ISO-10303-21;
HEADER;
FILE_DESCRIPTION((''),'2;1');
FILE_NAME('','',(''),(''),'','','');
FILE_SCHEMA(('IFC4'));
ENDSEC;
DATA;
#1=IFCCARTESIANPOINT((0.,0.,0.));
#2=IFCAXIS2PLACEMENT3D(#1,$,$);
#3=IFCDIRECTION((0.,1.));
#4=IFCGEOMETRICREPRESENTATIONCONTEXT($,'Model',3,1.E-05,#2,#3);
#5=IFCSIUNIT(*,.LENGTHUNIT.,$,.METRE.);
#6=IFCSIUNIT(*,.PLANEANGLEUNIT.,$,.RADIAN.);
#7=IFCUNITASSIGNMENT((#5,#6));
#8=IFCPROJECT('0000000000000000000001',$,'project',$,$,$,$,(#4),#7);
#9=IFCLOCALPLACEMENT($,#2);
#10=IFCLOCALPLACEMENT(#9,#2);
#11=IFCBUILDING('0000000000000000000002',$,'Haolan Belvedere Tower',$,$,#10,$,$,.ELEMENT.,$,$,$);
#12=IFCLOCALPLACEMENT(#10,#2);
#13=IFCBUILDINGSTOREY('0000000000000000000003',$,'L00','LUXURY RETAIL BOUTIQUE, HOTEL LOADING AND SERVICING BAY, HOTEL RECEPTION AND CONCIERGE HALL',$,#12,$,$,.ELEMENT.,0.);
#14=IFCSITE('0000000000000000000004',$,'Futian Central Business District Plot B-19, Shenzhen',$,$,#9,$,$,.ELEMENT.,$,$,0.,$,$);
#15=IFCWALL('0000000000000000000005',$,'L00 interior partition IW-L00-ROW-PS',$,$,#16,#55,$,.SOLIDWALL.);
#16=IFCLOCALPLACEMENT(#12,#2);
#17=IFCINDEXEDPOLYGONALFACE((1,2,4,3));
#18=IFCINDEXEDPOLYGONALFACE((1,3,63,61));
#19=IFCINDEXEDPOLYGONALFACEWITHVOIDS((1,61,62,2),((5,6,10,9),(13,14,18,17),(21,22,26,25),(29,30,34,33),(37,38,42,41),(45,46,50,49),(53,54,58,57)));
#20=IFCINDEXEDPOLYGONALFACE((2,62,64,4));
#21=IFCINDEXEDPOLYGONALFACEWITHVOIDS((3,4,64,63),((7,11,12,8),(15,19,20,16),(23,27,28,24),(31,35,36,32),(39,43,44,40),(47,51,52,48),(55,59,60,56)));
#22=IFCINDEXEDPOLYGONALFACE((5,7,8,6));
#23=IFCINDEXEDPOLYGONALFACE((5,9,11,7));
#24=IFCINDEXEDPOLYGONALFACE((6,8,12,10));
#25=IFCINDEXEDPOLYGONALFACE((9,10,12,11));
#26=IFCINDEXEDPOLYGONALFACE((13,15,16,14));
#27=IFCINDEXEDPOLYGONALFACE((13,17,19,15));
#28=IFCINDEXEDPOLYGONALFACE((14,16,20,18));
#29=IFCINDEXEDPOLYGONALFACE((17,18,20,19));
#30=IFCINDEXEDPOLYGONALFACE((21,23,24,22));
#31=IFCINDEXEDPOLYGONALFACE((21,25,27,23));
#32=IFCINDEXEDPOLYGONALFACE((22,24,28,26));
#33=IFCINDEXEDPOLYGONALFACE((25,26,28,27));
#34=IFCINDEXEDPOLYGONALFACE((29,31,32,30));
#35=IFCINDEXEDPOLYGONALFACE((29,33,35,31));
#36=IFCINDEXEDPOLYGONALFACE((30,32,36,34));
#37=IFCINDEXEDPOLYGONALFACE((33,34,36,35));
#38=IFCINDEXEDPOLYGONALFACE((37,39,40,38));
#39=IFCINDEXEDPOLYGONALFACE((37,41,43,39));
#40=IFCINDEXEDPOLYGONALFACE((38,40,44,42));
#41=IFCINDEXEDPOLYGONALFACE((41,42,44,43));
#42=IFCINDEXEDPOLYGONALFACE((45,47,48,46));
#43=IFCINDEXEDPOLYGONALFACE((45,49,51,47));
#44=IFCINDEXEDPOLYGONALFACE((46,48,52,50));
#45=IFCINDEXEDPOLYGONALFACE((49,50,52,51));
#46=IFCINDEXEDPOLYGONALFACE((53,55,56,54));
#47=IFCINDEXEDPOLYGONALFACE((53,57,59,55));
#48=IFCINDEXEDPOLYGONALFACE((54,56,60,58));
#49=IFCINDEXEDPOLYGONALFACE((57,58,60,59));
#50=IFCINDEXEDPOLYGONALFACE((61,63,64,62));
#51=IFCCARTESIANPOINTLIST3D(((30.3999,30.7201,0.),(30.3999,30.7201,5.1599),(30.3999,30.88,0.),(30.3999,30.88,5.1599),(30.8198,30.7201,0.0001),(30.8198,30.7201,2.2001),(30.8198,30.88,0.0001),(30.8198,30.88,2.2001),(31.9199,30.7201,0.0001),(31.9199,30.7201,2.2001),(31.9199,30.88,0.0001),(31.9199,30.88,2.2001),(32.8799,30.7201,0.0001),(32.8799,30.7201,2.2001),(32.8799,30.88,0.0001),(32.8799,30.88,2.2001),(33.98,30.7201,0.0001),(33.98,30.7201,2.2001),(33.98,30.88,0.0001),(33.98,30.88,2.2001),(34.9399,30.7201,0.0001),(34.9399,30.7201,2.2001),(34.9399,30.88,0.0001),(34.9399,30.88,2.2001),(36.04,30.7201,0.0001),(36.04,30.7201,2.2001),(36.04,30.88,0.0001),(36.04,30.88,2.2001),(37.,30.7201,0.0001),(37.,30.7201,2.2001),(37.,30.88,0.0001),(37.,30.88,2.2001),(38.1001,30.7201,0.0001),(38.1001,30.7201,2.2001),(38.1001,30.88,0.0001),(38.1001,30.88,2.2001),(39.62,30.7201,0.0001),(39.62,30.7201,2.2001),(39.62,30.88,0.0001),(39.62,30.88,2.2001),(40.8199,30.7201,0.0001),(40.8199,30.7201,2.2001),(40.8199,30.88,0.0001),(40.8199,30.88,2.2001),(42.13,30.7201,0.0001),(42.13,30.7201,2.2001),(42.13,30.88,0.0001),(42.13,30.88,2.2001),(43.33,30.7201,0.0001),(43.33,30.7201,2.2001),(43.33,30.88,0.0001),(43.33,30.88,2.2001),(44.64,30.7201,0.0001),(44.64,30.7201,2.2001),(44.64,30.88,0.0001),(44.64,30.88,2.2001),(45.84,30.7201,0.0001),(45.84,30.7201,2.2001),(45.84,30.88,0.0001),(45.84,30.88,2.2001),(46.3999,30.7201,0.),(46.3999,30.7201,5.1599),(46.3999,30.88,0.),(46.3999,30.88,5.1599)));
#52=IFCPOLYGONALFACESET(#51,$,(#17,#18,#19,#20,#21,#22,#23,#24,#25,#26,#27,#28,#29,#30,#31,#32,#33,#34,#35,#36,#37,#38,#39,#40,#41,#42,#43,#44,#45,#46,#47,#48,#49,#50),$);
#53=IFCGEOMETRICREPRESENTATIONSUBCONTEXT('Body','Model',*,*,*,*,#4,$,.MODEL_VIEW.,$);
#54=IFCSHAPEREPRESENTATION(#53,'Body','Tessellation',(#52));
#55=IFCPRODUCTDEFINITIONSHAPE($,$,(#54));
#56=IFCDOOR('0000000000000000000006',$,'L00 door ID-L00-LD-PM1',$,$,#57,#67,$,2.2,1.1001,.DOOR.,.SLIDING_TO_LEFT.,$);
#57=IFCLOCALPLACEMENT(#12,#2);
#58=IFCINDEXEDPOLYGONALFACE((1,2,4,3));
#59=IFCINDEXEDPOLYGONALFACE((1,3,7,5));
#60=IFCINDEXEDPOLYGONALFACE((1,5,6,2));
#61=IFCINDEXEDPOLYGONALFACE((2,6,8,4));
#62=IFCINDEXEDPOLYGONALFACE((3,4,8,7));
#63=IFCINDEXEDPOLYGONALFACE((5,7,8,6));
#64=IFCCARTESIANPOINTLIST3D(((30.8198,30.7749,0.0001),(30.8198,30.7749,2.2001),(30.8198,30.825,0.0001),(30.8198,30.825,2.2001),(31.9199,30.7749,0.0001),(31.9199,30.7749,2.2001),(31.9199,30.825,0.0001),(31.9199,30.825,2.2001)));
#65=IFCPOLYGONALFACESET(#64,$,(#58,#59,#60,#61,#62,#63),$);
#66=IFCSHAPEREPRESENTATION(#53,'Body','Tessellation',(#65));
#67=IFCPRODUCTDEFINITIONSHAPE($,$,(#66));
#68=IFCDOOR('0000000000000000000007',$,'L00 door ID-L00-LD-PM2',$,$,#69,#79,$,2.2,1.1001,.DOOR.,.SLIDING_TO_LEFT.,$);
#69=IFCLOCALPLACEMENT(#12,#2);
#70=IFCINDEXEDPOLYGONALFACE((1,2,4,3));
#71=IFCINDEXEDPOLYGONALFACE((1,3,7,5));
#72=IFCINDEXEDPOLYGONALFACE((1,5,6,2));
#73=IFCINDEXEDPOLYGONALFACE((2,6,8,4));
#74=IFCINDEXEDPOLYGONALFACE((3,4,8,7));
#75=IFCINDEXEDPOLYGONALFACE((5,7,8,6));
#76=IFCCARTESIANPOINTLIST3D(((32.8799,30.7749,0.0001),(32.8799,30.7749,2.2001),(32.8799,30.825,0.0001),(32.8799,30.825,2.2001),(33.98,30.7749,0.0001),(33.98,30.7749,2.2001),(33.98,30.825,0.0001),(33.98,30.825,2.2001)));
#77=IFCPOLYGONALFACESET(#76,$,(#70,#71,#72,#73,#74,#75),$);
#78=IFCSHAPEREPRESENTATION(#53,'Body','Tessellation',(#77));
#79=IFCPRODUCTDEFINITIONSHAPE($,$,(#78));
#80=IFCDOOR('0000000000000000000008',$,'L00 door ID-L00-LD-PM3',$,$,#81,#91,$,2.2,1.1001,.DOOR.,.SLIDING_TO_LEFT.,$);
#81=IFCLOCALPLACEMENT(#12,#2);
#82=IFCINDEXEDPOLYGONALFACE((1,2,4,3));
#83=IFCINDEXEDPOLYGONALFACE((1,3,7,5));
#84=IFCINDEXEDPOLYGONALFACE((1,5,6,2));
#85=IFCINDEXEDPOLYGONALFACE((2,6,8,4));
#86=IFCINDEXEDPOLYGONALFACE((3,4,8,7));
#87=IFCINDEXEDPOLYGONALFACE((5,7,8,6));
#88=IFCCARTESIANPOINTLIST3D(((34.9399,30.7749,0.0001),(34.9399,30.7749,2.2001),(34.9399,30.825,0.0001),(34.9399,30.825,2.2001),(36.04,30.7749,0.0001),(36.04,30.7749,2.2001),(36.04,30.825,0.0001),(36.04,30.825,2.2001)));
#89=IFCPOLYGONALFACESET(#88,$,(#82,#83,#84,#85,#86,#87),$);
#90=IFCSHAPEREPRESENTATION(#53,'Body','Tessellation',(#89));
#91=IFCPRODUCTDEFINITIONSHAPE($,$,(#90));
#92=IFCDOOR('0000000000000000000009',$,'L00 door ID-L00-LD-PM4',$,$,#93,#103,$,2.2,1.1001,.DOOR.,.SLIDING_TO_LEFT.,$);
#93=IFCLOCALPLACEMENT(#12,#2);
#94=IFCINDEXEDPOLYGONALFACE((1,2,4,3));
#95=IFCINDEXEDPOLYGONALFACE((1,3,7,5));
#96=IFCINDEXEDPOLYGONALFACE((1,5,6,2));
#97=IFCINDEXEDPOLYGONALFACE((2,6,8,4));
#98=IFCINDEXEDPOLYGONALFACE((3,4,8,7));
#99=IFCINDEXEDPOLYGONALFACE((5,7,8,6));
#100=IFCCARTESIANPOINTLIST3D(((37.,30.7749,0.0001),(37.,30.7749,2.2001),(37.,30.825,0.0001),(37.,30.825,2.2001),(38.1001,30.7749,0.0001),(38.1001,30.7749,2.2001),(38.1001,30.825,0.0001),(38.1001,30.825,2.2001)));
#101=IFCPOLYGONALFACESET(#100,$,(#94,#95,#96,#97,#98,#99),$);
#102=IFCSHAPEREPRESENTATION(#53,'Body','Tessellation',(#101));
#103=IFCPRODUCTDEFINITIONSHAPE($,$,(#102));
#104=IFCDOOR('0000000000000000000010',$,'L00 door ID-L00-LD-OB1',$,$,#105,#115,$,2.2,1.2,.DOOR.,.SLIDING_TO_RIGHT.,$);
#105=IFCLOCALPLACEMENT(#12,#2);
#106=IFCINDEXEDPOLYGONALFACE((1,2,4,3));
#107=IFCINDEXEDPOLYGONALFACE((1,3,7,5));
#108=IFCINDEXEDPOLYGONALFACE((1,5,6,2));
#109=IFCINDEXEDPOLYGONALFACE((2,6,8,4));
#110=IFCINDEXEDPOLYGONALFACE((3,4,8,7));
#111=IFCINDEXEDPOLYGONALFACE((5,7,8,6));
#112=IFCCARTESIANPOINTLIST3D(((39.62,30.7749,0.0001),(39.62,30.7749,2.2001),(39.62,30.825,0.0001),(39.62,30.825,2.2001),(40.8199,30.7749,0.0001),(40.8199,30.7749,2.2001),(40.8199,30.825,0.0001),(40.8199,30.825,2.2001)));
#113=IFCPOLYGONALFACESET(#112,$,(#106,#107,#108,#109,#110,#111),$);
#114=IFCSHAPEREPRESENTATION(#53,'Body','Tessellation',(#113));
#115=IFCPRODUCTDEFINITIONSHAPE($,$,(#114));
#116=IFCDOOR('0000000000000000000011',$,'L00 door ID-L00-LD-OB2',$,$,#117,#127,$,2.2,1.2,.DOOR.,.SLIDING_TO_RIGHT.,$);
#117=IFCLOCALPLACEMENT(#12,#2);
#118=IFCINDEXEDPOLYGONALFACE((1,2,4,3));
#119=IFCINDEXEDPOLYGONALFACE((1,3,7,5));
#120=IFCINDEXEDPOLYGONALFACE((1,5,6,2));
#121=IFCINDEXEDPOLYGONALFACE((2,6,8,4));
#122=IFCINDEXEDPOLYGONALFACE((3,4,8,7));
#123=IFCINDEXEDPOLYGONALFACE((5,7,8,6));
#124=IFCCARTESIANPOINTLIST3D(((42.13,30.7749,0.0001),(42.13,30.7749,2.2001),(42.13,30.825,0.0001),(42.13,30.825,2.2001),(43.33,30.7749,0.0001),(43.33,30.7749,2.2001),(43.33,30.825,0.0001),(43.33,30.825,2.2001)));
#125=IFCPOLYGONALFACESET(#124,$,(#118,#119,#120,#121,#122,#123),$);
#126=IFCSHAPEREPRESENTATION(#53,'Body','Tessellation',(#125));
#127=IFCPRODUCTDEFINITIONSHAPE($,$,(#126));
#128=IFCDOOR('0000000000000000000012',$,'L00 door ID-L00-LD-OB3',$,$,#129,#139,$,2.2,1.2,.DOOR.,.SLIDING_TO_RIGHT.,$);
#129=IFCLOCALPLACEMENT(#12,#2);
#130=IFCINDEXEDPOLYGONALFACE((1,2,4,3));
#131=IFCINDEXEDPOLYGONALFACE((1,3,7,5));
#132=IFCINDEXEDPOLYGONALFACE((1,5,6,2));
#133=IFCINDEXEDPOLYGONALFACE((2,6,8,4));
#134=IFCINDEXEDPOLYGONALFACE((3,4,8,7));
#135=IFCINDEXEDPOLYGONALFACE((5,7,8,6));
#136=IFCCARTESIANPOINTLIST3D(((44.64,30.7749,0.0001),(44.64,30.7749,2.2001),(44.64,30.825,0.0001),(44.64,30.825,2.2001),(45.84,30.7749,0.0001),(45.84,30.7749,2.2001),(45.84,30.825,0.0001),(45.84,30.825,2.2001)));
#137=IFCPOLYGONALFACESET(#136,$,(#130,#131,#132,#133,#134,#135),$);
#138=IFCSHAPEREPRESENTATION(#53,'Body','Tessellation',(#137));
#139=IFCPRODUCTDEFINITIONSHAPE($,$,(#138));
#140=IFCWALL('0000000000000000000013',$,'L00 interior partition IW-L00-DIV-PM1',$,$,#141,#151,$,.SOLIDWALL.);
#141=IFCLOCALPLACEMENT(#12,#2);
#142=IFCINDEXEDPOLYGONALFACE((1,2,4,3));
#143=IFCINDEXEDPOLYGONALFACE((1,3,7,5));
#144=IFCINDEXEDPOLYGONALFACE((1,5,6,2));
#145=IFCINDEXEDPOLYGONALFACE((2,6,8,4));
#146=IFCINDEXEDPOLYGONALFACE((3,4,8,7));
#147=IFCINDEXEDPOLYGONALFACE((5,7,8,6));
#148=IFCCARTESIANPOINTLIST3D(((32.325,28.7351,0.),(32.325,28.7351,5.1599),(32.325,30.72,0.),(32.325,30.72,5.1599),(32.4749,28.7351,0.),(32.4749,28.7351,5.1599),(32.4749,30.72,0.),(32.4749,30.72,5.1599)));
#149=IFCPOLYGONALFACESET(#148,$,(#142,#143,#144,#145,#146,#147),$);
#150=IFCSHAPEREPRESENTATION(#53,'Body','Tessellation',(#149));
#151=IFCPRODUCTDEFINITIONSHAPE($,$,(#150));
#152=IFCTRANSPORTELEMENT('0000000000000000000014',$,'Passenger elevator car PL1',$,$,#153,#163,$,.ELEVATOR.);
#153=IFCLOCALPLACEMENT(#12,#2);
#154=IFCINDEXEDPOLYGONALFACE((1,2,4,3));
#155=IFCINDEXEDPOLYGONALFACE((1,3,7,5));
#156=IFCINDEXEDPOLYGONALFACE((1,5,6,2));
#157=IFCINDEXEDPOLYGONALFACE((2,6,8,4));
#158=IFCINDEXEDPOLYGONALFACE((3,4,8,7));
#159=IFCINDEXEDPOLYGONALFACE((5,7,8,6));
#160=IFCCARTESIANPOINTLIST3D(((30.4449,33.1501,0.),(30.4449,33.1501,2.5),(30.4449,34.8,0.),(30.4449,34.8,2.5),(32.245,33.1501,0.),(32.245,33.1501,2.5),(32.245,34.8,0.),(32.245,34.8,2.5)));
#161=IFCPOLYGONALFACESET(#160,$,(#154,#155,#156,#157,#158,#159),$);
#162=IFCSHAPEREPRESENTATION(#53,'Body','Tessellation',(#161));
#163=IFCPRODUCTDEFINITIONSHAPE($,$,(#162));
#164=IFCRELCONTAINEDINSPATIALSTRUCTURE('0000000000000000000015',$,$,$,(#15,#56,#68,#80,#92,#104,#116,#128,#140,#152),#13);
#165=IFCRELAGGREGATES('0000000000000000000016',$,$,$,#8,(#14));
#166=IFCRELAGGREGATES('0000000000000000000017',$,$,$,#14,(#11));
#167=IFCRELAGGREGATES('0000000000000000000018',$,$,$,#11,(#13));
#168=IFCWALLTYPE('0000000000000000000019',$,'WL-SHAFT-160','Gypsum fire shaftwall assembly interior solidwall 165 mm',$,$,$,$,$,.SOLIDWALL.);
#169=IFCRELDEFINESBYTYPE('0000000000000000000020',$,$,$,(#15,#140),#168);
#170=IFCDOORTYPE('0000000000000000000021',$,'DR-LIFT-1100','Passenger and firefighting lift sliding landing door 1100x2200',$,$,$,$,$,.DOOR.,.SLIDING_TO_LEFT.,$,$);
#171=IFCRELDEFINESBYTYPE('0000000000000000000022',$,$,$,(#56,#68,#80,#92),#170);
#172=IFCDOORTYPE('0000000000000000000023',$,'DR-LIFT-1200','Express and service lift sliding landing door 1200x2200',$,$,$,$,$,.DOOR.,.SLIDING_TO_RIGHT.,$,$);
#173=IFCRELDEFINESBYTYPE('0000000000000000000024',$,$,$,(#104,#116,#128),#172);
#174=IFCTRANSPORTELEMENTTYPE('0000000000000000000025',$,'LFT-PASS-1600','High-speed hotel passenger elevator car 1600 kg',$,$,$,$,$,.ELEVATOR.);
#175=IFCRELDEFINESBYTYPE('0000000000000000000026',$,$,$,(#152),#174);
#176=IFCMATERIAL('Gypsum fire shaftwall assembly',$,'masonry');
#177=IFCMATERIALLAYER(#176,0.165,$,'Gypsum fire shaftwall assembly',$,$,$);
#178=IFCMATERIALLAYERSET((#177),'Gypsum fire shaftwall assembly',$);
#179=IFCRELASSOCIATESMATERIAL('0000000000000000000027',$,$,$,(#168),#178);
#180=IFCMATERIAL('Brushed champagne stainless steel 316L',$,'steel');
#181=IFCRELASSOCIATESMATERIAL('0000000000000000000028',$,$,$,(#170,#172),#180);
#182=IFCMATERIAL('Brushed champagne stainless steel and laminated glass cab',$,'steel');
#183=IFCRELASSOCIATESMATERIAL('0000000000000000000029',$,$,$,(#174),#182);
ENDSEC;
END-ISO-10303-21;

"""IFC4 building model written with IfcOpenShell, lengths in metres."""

from ifc_helpers import new_model, si_unit, direction, frame, frame_2d, origin, origin_2d, place, context, subcontext, project, spatial, rectangle, extrude, material, layer, layer_set, type_object, element, fill, save


model = new_model("IFC4")

# Units and contexts
model_context = context("Model", 3, precision=1e-05, world=origin(), true_north=direction((0.0, 1.0)))
body_context = subcontext(model_context, "Body", "Model", "MODEL_VIEW")
ifc_project = project(units=[si_unit("LENGTHUNIT", "METRE"), si_unit("PLANEANGLEUNIT", "RADIAN")], contexts=[model_context])

# Site, building, storey
site_placement = place(None, origin())
site = spatial("IfcSite", under=ifc_project, at=site_placement, Name="Futian Central Business District Plot B-19, Shenzhen", CompositionType="ELEMENT", RefElevation=0.0)
building_placement = place(site_placement, origin())
building = spatial("IfcBuilding", under=site, at=building_placement, Name="Haolan Belvedere Tower", CompositionType="ELEMENT")
storey_placement = place(building_placement, origin())
storey = spatial("IfcBuildingStorey", under=building, at=storey_placement, Name="L00", Description="LUXURY RETAIL BOUTIQUE, HOTEL LOADING AND SERVICING BAY, HOTEL RECEPTION AND CONCIERGE HALL", CompositionType="ELEMENT", Elevation=0.0)

# Shared definitions
ifc_material_1 = material(Name="Gypsum fire shaftwall assembly", Category="masonry")
ifc_layer_1 = layer(ifc_material_1, 0.165, Name="Gypsum fire shaftwall assembly")
ifc_layer_set_1 = layer_set([ifc_layer_1], Name="Gypsum fire shaftwall assembly")
wall_type_1 = type_object("IfcWallType", Name="WL-SHAFT-160", Description="Gypsum fire shaftwall assembly interior solidwall 165 mm", PredefinedType="SOLIDWALL", material=ifc_layer_set_1)
ifc_material_2 = material(Name="Brushed champagne stainless steel 316L", Category="steel")
door_type_1 = type_object("IfcDoorType", Name="DR-LIFT-1100", Description="Passenger and firefighting lift sliding landing door 1100x2200", OperationType="SLIDING_TO_LEFT", PredefinedType="DOOR", material=ifc_material_2)

# Wall, openings, doors
wall_1_placement = place(storey_placement, frame((30.3999, 30.8, 0.0), z_axis=(0.0, 0.0, 1.0), x_axis=(1.0, 0.0, 0.0)))
wall_1 = element("IfcWall", 1, at=wall_1_placement, inside=storey, type_object=wall_type_1, Name="L00 interior partition IW-L00-ROW-PS", PredefinedType="SOLIDWALL", context=body_context, shape_type="SweptSolid", body=[
    extrude(rectangle(XDim=16.0, YDim=0.1599, at=frame_2d((8.0, 0.0))), origin(), (0.0, 0.0, 1.0), 5.1599),
])
opening_1_placement = place(wall_1_placement, frame((0.4199, 0.0, 0.0)))
opening_1 = element("IfcOpeningElement", 2, at=opening_1_placement, cuts=wall_1, PredefinedType="OPENING", context=body_context, shape_type="SweptSolid", body=[
    extrude(rectangle(XDim=1.1001, YDim=2.2, at=frame_2d((0.55, 1.1001))), frame((0.0, 0.0898, 0.0), z_axis=(0.0, -1.0, 0.0), x_axis=(1.0, 0.0, 0.0)), (0.0, 0.0, 1.0), 0.1799),
])
opening_2_placement = place(wall_1_placement, frame((2.48, 0.0, 0.0)))
opening_2 = element("IfcOpeningElement", 3, at=opening_2_placement, cuts=wall_1, PredefinedType="OPENING", context=body_context, shape_type="SweptSolid", body=[
    extrude(rectangle(XDim=1.1001, YDim=2.2, at=frame_2d((0.55, 1.1001))), frame((0.0, 0.0898, 0.0), z_axis=(0.0, -1.0, 0.0), x_axis=(1.0, 0.0, 0.0)), (0.0, 0.0, 1.0), 0.1799),
])
opening_3_placement = place(wall_1_placement, frame((4.54, 0.0, 0.0)))
opening_3 = element("IfcOpeningElement", 4, at=opening_3_placement, cuts=wall_1, PredefinedType="OPENING", context=body_context, shape_type="SweptSolid", body=[
    extrude(rectangle(XDim=1.1001, YDim=2.2, at=frame_2d((0.55, 1.1001))), frame((0.0, 0.0898, 0.0), z_axis=(0.0, -1.0, 0.0), x_axis=(1.0, 0.0, 0.0)), (0.0, 0.0, 1.0), 0.1799),
])
opening_4_placement = place(wall_1_placement, frame((6.6001, 0.0, 0.0)))
opening_4 = element("IfcOpeningElement", 5, at=opening_4_placement, cuts=wall_1, PredefinedType="OPENING", context=body_context, shape_type="SweptSolid", body=[
    extrude(rectangle(XDim=1.1001, YDim=2.2, at=frame_2d((0.55, 1.1001))), frame((0.0, 0.0898, 0.0), z_axis=(0.0, -1.0, 0.0), x_axis=(1.0, 0.0, 0.0)), (0.0, 0.0, 1.0), 0.1799),
])
opening_5_placement = place(wall_1_placement, frame((9.22, 0.0, 0.0)))
opening_5 = element("IfcOpeningElement", 6, at=opening_5_placement, cuts=wall_1, PredefinedType="OPENING", context=body_context, shape_type="SweptSolid", body=[
    extrude(rectangle(XDim=1.2, YDim=2.2, at=frame_2d((0.6001, 1.1001))), frame((0.0, 0.0898, 0.0), z_axis=(0.0, -1.0, 0.0), x_axis=(1.0, 0.0, 0.0)), (0.0, 0.0, 1.0), 0.1799),
])
opening_6_placement = place(wall_1_placement, frame((11.73, 0.0, 0.0)))
opening_6 = element("IfcOpeningElement", 7, at=opening_6_placement, cuts=wall_1, PredefinedType="OPENING", context=body_context, shape_type="SweptSolid", body=[
    extrude(rectangle(XDim=1.2, YDim=2.2, at=frame_2d((0.6001, 1.1001))), frame((0.0, 0.0898, 0.0), z_axis=(0.0, -1.0, 0.0), x_axis=(1.0, 0.0, 0.0)), (0.0, 0.0, 1.0), 0.1799),
])
opening_7_placement = place(wall_1_placement, frame((14.24, 0.0, 0.0)))
opening_7 = element("IfcOpeningElement", 8, at=opening_7_placement, cuts=wall_1, PredefinedType="OPENING", context=body_context, shape_type="SweptSolid", body=[
    extrude(rectangle(XDim=1.2, YDim=2.2, at=frame_2d((0.6001, 1.1001))), frame((0.0, 0.0898, 0.0), z_axis=(0.0, -1.0, 0.0), x_axis=(1.0, 0.0, 0.0)), (0.0, 0.0, 1.0), 0.1799),
])
door_1_placement = place(opening_1_placement, origin())
door_1 = element("IfcDoor", 9, at=door_1_placement, inside=storey, type_object=door_type_1, Name="L00 door ID-L00-LD-PM1", OperationType="SLIDING_TO_LEFT", OverallHeight=2.2, OverallWidth=1.1001, PredefinedType="DOOR", context=body_context, shape_type="SweptSolid", body=[
    extrude(rectangle(XDim=1.1001, YDim=2.2, at=frame_2d((0.55, 1.1001))), frame((0.0, 0.0249, 0.0), z_axis=(0.0, -1.0, 0.0), x_axis=(1.0, 0.0, 0.0)), (0.0, 0.0, 1.0), 0.05),
])
fill(opening_1, door_1)
door_2_placement = place(opening_2_placement, origin())
door_2 = element("IfcDoor", 10, at=door_2_placement, inside=storey, type_object=door_type_1, Name="L00 door ID-L00-LD-PM2", OperationType="SLIDING_TO_LEFT", OverallHeight=2.2, OverallWidth=1.1001, PredefinedType="DOOR", context=body_context, shape_type="SweptSolid", body=[
    extrude(rectangle(XDim=1.1001, YDim=2.2, at=frame_2d((0.55, 1.1001))), frame((0.0, 0.0249, 0.0), z_axis=(0.0, -1.0, 0.0), x_axis=(1.0, 0.0, 0.0)), (0.0, 0.0, 1.0), 0.05),
])
fill(opening_2, door_2)
door_3_placement = place(opening_3_placement, origin())
door_3 = element("IfcDoor", 11, at=door_3_placement, inside=storey, type_object=door_type_1, Name="L00 door ID-L00-LD-PM3", OperationType="SLIDING_TO_LEFT", OverallHeight=2.2, OverallWidth=1.1001, PredefinedType="DOOR", context=body_context, shape_type="SweptSolid", body=[
    extrude(rectangle(XDim=1.1001, YDim=2.2, at=frame_2d((0.55, 1.1001))), frame((0.0, 0.0249, 0.0), z_axis=(0.0, -1.0, 0.0), x_axis=(1.0, 0.0, 0.0)), (0.0, 0.0, 1.0), 0.05),
])
fill(opening_3, door_3)
door_4_placement = place(opening_4_placement, origin())
door_4 = element("IfcDoor", 12, at=door_4_placement, inside=storey, type_object=door_type_1, Name="L00 door ID-L00-LD-PM4", OperationType="SLIDING_TO_LEFT", OverallHeight=2.2, OverallWidth=1.1001, PredefinedType="DOOR", context=body_context, shape_type="SweptSolid", body=[
    extrude(rectangle(XDim=1.1001, YDim=2.2, at=frame_2d((0.55, 1.1001))), frame((0.0, 0.0249, 0.0), z_axis=(0.0, -1.0, 0.0), x_axis=(1.0, 0.0, 0.0)), (0.0, 0.0, 1.0), 0.05),
])
fill(opening_4, door_4)
door_type_2 = type_object("IfcDoorType", Name="DR-LIFT-1200", Description="Express and service lift sliding landing door 1200x2200", OperationType="SLIDING_TO_RIGHT", PredefinedType="DOOR", material=ifc_material_2)
door_5_placement = place(opening_5_placement, origin())
door_5 = element("IfcDoor", 13, at=door_5_placement, inside=storey, type_object=door_type_2, Name="L00 door ID-L00-LD-OB1", OperationType="SLIDING_TO_RIGHT", OverallHeight=2.2, OverallWidth=1.2, PredefinedType="DOOR", context=body_context, shape_type="SweptSolid", body=[
    extrude(rectangle(XDim=1.2, YDim=2.2, at=frame_2d((0.6001, 1.1001))), frame((0.0, 0.0249, 0.0), z_axis=(0.0, -1.0, 0.0), x_axis=(1.0, 0.0, 0.0)), (0.0, 0.0, 1.0), 0.05),
])
fill(opening_5, door_5)
door_6_placement = place(opening_6_placement, origin())
door_6 = element("IfcDoor", 14, at=door_6_placement, inside=storey, type_object=door_type_2, Name="L00 door ID-L00-LD-OB2", OperationType="SLIDING_TO_RIGHT", OverallHeight=2.2, OverallWidth=1.2, PredefinedType="DOOR", context=body_context, shape_type="SweptSolid", body=[
    extrude(rectangle(XDim=1.2, YDim=2.2, at=frame_2d((0.6001, 1.1001))), frame((0.0, 0.0249, 0.0), z_axis=(0.0, -1.0, 0.0), x_axis=(1.0, 0.0, 0.0)), (0.0, 0.0, 1.0), 0.05),
])
fill(opening_6, door_6)
door_7_placement = place(opening_7_placement, origin())
door_7 = element("IfcDoor", 15, at=door_7_placement, inside=storey, type_object=door_type_2, Name="L00 door ID-L00-LD-OB3", OperationType="SLIDING_TO_RIGHT", OverallHeight=2.2, OverallWidth=1.2, PredefinedType="DOOR", context=body_context, shape_type="SweptSolid", body=[
    extrude(rectangle(XDim=1.2, YDim=2.2, at=frame_2d((0.6001, 1.1001))), frame((0.0, 0.0249, 0.0), z_axis=(0.0, -1.0, 0.0), x_axis=(1.0, 0.0, 0.0)), (0.0, 0.0, 1.0), 0.05),
])
fill(opening_7, door_7)

# Wall
wall_2_placement = place(storey_placement, frame((32.3999, 28.7351, 0.0), z_axis=(0.0, 0.0, 1.0), x_axis=(0.0, 1.0, 0.0)))
element("IfcWall", 16, at=wall_2_placement, inside=storey, type_object=wall_type_1, Name="L00 interior partition IW-L00-DIV-PM1", PredefinedType="SOLIDWALL", context=body_context, shape_type="SweptSolid", body=[
    extrude(rectangle(XDim=1.9849, YDim=0.1499, at=frame_2d((0.9924, 0.0))), origin(), (0.0, 0.0, 1.0), 5.1599),
])

# Transport element
ifc_material_3 = material(Name="Brushed champagne stainless steel and laminated glass cab", Category="steel")
transport_element_type = type_object("IfcTransportElementType", Name="LFT-PASS-1600", Description="High-speed hotel passenger elevator car 1600 kg", PredefinedType="ELEVATOR", material=ifc_material_3)
for number, where, z_axis, x_axis, name in (
    (17, (31.345, 33.9751, 0.0), (0.0, 0.0, 1.0), (1.0, 0.0, 0.0), "Passenger elevator car PL1"),
):
    element("IfcTransportElement", number, at=place(storey_placement, frame(where, z_axis=z_axis, x_axis=x_axis)), inside=storey, type_object=transport_element_type, Name=name, PredefinedType="ELEVATOR", context=body_context, shape_type="SweptSolid", body=[
        extrude(rectangle(XDim=1.8, YDim=1.6499, at=origin_2d()), origin(), (0.0, 0.0, 1.0), 2.5),
    ])

save(model, "model.ifc")
